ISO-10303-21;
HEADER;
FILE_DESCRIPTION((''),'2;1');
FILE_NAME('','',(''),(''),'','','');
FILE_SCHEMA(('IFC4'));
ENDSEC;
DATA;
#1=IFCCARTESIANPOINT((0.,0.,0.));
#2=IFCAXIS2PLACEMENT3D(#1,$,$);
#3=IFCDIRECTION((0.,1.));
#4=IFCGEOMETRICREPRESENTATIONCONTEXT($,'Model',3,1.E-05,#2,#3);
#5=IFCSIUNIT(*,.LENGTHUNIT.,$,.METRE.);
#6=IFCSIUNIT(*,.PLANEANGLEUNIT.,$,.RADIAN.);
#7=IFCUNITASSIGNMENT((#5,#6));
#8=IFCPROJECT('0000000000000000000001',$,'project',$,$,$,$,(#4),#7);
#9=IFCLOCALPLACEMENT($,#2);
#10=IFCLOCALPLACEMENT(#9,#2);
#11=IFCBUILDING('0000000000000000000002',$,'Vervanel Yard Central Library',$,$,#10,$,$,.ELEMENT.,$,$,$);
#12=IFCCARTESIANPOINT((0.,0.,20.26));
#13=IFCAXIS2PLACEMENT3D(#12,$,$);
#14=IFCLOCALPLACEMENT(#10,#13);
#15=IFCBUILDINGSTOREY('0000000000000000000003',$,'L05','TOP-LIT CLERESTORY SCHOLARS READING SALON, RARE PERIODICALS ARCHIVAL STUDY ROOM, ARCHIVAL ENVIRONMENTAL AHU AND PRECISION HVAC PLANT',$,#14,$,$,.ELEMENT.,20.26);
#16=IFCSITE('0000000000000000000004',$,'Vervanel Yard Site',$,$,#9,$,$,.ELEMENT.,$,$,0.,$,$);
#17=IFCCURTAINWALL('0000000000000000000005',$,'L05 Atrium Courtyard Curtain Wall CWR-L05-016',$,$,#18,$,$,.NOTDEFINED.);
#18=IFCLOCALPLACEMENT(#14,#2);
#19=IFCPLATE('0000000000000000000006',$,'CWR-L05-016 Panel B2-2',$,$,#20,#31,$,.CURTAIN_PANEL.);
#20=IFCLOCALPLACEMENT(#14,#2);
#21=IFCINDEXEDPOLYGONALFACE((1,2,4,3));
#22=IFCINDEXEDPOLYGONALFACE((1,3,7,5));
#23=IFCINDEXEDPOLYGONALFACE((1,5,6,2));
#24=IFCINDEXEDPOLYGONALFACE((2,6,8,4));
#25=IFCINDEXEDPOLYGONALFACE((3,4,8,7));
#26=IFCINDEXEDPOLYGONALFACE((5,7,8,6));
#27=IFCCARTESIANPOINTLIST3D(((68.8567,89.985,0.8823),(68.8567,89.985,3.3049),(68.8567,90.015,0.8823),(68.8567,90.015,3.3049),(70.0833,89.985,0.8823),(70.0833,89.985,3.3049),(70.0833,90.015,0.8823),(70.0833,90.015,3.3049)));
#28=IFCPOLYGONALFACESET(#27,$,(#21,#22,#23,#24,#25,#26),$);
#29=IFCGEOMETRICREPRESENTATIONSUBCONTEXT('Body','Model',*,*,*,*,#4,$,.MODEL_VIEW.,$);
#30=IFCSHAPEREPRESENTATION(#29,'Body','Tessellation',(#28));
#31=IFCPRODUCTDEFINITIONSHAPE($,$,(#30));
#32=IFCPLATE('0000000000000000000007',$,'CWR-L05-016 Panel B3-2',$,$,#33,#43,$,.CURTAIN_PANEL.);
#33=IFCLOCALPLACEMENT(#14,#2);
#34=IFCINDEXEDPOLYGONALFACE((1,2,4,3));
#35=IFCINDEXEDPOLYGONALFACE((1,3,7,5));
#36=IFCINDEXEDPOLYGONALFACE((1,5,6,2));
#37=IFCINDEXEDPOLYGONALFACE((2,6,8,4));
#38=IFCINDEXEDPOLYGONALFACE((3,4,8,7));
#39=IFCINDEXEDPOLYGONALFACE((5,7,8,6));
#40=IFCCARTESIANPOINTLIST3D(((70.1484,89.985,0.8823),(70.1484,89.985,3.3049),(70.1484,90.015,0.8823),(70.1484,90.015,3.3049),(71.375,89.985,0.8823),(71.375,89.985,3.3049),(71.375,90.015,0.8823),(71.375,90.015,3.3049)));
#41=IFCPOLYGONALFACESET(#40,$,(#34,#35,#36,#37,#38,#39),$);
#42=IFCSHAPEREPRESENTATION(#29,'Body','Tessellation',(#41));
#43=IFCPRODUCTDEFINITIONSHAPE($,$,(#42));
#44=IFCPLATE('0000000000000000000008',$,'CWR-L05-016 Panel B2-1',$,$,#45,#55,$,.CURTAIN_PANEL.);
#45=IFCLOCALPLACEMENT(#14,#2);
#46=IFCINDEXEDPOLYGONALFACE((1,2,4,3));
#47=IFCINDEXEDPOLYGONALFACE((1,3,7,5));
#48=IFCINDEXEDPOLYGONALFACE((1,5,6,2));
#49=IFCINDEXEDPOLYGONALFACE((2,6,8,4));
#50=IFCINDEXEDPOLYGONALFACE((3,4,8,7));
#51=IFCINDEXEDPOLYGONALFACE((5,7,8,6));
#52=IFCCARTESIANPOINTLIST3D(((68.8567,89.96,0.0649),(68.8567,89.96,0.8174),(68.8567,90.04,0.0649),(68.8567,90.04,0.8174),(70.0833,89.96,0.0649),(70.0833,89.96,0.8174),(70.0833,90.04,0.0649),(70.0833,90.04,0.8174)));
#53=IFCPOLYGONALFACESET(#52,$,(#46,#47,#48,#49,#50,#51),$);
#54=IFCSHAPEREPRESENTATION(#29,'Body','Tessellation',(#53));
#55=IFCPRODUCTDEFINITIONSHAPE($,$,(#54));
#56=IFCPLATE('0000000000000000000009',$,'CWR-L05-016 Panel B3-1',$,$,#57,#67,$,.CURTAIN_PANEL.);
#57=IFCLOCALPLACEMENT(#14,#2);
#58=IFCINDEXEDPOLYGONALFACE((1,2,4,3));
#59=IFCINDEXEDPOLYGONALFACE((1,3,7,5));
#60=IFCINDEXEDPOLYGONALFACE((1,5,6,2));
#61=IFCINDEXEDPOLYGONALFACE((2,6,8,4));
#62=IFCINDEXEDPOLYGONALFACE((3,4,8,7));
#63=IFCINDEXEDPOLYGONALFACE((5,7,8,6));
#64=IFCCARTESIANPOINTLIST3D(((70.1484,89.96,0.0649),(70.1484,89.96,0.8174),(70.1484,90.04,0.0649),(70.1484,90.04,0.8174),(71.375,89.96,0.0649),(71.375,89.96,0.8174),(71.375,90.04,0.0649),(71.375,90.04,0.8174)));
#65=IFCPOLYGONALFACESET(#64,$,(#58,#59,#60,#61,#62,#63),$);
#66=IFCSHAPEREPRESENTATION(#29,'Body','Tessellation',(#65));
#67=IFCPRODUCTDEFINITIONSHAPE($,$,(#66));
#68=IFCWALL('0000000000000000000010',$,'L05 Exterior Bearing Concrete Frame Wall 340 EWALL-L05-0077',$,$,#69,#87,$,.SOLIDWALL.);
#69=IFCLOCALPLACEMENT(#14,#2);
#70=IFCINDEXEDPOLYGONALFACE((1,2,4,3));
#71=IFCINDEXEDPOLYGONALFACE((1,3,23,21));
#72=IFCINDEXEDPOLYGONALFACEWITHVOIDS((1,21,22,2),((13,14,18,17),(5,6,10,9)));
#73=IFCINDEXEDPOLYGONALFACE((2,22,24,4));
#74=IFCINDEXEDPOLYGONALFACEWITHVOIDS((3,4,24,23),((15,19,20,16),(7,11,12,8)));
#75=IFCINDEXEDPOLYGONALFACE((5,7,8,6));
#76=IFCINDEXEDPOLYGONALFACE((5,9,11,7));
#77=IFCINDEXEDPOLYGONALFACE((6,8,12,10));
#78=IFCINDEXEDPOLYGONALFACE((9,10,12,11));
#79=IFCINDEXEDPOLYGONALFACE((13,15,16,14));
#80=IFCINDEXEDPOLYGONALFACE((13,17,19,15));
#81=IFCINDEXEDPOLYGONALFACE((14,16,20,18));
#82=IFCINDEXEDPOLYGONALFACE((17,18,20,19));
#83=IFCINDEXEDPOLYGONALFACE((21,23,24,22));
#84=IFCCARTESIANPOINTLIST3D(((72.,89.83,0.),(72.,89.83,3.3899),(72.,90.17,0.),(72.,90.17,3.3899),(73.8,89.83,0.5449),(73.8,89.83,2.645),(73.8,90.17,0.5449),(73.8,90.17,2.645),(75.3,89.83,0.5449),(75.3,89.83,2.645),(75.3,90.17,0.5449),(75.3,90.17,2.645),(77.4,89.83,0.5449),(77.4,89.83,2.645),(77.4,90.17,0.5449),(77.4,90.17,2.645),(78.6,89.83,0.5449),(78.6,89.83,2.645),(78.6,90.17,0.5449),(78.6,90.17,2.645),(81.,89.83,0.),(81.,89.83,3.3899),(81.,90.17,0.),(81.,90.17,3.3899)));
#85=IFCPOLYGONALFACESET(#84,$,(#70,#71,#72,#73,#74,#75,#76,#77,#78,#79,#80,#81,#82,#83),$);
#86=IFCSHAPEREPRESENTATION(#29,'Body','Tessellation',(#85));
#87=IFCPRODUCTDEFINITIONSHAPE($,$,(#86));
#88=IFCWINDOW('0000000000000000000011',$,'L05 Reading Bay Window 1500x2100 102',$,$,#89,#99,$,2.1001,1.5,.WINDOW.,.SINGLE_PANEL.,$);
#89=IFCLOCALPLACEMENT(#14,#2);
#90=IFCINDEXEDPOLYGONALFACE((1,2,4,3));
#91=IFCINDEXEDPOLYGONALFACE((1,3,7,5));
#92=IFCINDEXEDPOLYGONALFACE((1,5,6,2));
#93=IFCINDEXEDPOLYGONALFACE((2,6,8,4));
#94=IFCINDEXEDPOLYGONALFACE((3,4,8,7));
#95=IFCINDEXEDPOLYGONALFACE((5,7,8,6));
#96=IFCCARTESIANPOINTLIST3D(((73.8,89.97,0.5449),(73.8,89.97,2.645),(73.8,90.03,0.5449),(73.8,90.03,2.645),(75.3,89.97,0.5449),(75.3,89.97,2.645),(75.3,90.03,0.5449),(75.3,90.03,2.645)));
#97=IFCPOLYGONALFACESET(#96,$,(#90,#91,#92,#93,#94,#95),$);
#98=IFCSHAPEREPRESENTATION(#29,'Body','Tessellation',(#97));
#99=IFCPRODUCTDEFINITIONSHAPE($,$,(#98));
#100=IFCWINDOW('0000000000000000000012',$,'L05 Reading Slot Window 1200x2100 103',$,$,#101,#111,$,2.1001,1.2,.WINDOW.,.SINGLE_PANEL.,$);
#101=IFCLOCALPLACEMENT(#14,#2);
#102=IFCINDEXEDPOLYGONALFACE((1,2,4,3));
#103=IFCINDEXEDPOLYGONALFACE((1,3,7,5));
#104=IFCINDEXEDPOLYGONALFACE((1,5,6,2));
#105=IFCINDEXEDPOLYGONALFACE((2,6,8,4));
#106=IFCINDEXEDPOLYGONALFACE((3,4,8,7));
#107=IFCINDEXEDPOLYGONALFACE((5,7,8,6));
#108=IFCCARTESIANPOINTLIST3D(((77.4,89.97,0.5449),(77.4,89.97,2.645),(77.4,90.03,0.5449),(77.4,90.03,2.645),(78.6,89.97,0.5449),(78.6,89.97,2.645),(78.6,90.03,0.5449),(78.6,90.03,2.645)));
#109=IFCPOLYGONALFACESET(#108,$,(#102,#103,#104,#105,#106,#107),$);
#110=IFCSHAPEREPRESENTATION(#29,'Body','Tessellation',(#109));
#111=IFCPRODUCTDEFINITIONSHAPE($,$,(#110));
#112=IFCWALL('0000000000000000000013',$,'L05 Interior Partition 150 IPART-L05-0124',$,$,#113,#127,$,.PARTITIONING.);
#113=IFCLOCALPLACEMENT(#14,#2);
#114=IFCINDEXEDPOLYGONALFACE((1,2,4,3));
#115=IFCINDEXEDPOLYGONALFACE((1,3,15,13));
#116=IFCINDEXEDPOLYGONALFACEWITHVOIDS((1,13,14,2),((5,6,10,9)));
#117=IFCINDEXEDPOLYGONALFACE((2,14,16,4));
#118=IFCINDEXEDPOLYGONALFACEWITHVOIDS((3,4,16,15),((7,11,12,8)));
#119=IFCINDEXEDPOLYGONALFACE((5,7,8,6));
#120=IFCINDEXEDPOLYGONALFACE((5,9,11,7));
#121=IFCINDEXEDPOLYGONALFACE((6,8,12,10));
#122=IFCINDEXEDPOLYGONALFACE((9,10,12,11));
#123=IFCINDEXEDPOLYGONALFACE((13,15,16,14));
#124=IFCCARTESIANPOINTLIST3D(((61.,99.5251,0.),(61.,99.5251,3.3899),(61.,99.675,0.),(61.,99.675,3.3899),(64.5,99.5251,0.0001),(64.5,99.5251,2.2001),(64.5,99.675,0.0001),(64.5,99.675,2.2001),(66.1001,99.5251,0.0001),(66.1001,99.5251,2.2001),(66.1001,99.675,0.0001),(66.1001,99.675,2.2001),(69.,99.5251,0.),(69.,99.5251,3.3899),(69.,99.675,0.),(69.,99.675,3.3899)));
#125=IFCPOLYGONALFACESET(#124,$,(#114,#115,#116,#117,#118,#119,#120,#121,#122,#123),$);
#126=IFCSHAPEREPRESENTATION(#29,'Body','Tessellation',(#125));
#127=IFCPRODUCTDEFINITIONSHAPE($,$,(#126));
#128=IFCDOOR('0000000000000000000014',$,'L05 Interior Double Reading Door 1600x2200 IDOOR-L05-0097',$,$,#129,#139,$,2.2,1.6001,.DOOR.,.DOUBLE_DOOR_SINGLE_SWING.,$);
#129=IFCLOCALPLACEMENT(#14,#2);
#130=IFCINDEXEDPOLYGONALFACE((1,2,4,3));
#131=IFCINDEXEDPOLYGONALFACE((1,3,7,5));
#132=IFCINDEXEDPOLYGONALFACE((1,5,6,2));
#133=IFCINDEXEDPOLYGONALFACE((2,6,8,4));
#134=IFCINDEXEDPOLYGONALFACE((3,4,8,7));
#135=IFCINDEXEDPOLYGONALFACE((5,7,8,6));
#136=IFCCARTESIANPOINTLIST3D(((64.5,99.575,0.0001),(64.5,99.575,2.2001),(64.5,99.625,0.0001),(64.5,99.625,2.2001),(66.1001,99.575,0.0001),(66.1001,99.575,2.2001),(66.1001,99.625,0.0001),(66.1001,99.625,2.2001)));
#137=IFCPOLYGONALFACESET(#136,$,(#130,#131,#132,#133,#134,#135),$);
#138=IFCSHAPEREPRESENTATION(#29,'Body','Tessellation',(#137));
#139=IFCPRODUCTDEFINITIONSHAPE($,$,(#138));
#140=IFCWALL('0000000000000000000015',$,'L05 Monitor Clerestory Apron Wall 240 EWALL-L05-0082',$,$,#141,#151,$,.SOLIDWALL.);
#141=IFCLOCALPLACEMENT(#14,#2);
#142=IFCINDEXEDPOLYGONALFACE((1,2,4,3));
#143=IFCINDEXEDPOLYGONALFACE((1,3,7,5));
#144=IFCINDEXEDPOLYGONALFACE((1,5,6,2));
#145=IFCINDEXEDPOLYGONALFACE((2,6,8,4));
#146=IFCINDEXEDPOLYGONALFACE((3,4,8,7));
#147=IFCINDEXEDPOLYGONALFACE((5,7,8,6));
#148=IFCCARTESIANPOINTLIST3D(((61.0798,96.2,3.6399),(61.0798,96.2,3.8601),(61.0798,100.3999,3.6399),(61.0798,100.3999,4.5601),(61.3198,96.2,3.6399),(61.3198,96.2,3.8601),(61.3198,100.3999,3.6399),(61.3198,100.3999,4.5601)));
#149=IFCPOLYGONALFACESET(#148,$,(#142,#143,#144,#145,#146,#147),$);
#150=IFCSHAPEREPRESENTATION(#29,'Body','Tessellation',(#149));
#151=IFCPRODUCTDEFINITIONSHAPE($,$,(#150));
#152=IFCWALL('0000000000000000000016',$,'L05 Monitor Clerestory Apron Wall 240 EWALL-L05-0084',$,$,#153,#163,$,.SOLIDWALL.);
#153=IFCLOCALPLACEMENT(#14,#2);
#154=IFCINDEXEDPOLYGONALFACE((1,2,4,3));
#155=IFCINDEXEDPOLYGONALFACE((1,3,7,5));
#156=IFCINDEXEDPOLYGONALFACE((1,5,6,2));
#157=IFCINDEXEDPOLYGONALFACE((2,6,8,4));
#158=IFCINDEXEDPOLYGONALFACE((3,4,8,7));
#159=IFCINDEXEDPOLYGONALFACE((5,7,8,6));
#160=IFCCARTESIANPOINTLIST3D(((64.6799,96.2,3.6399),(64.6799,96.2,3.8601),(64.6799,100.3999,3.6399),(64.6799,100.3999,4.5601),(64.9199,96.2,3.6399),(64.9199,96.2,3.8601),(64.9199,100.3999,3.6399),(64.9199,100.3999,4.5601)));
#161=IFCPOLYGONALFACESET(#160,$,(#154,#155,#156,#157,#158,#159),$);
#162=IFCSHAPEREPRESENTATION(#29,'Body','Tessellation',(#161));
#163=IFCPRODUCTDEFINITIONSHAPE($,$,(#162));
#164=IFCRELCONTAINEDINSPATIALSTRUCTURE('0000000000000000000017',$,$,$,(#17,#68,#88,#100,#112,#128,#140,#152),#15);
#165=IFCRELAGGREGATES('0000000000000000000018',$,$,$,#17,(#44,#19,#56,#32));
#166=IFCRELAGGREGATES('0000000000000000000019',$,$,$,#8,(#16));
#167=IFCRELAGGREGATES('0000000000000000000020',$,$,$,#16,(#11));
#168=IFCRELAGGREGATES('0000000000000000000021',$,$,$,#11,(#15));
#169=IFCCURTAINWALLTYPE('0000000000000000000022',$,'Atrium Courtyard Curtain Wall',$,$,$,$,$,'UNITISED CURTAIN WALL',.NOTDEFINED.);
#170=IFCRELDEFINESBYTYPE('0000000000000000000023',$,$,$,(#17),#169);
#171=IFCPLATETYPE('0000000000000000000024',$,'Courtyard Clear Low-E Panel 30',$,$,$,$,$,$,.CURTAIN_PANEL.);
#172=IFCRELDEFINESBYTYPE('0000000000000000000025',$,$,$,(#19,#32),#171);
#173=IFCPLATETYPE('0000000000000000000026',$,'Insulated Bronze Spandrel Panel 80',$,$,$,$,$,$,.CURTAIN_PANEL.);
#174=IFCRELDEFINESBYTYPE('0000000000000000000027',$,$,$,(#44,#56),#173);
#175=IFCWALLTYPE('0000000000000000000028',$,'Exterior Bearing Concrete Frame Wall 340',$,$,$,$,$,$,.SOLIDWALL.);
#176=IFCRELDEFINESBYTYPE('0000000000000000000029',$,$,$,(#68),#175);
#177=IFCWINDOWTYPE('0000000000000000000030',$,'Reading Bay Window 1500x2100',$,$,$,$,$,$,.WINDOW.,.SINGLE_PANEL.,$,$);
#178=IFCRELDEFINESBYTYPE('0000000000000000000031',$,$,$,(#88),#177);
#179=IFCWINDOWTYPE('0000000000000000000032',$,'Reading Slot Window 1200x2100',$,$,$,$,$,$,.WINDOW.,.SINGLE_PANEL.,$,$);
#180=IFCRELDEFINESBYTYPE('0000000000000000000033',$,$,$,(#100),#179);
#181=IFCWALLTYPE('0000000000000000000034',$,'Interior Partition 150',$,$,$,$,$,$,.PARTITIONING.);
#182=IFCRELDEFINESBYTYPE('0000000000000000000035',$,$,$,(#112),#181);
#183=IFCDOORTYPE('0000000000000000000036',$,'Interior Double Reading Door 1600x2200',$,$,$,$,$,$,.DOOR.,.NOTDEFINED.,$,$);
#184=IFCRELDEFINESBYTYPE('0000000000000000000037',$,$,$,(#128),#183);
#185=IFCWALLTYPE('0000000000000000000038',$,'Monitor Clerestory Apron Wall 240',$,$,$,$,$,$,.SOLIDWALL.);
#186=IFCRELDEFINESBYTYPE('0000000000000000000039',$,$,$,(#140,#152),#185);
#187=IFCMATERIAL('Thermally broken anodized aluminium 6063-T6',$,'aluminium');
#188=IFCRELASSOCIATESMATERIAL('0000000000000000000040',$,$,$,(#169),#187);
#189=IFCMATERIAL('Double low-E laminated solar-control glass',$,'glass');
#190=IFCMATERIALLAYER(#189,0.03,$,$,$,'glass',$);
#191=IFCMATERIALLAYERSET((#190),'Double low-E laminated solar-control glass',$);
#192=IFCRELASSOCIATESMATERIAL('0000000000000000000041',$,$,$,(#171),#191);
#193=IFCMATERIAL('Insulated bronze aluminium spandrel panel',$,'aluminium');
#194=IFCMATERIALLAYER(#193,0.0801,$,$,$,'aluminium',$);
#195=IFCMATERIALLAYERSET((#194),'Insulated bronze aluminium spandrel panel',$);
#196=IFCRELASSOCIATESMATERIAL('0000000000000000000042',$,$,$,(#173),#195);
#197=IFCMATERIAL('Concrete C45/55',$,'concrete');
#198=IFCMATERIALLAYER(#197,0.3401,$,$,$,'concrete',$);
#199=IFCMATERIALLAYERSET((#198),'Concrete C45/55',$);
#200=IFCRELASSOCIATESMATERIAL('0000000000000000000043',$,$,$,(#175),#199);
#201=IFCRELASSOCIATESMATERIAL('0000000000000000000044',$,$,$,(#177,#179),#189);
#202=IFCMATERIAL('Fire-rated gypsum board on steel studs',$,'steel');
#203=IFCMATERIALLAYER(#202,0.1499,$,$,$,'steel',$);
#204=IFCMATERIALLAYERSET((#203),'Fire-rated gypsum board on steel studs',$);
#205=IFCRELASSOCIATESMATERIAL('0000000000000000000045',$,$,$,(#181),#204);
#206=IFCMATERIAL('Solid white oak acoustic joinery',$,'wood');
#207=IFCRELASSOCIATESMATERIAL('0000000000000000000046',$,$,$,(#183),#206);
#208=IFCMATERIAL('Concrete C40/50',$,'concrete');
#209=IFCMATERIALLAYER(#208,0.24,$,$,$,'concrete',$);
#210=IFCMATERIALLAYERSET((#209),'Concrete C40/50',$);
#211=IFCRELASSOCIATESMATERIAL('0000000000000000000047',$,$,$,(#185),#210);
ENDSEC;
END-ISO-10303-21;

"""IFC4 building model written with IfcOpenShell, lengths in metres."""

from ifc_helpers import new_model, si_unit, direction, frame, frame_2d, origin, origin_2d, place, context, subcontext, project, spatial, polyline, rectangle, outline, extrude, material, layer, layer_set, type_object, element, fill, aggregate, save


model = new_model("IFC4")

# Units and contexts
model_context = context("Model", 3, precision=1e-05, world=origin(), true_north=direction((0.0, 1.0)))
body_context = subcontext(model_context, "Body", "Model", "MODEL_VIEW")
ifc_project = project(units=[si_unit("LENGTHUNIT", "METRE"), si_unit("PLANEANGLEUNIT", "RADIAN")], contexts=[model_context])

# Site, building, storey
site_placement = place(None, origin())
site = spatial("IfcSite", under=ifc_project, at=site_placement, Name="Vervanel Yard Site", CompositionType="ELEMENT", RefElevation=0.0)
building_placement = place(site_placement, origin())
building = spatial("IfcBuilding", under=site, at=building_placement, Name="Vervanel Yard Central Library", CompositionType="ELEMENT")
storey_placement = place(building_placement, frame((0.0, 0.0, 20.26)))
storey = spatial("IfcBuildingStorey", under=building, at=storey_placement, Name="L05", Description="TOP-LIT CLERESTORY SCHOLARS READING SALON, RARE PERIODICALS ARCHIVAL STUDY ROOM, ARCHIVAL ENVIRONMENTAL AHU AND PRECISION HVAC PLANT", CompositionType="ELEMENT", Elevation=20.26)

# Shared definitions
ifc_material_1 = material(Name="Concrete C40/50", Category="concrete")

# Shared definitions
ifc_material_2 = material(Name="Concrete C45/55", Category="concrete")

# Curtain wall, plates
ifc_material_3 = material(Name="Thermally broken anodized aluminium 6063-T6", Category="aluminium")
curtain_wall_type = type_object("IfcCurtainWallType", Name="Atrium Courtyard Curtain Wall", ElementType="UNITISED CURTAIN WALL", PredefinedType="NOTDEFINED", material=ifc_material_3)
curtain_wall_placement = place(storey_placement, origin())
curtain_wall = element("IfcCurtainWall", 1, at=curtain_wall_placement, inside=storey, type_object=curtain_wall_type, Name="L05 Atrium Courtyard Curtain Wall CWR-L05-016", PredefinedType="NOTDEFINED")
ifc_material_4 = material(Name="Double low-E laminated solar-control glass", Category="glass")
ifc_layer_1 = layer(ifc_material_4, 0.03, Category="glass")
ifc_layer_set_1 = layer_set([ifc_layer_1], Name="Double low-E laminated solar-control glass")
plate_type_1 = type_object("IfcPlateType", Name="Courtyard Clear Low-E Panel 30", PredefinedType="CURTAIN_PANEL", material=ifc_layer_set_1)
plate_1_placement = place(storey_placement, frame((69.47, 90.0, 0.8823), z_axis=(0.0, 0.0, 1.0), x_axis=(1.0, 0.0, 0.0)))
plate_1 = element("IfcPlate", 2, at=plate_1_placement, type_object=plate_type_1, Name="CWR-L05-016 Panel B2-2", PredefinedType="CURTAIN_PANEL", context=body_context, shape_type="SweptSolid", body=[
    extrude(rectangle(XDim=1.2266, YDim=0.03, at=origin_2d()), origin(), (0.0, 0.0, 1.0), 2.4226),
])
plate_2_placement = place(storey_placement, frame((70.7617, 90.0, 0.8823), z_axis=(0.0, 0.0, 1.0), x_axis=(1.0, 0.0, 0.0)))
plate_2 = element("IfcPlate", 3, at=plate_2_placement, type_object=plate_type_1, Name="CWR-L05-016 Panel B3-2", PredefinedType="CURTAIN_PANEL", context=body_context, shape_type="SweptSolid", body=[
    extrude(rectangle(XDim=1.2266, YDim=0.03, at=origin_2d()), origin(), (0.0, 0.0, 1.0), 2.4226),
])
ifc_material_5 = material(Name="Insulated bronze aluminium spandrel panel", Category="aluminium")
ifc_layer_2 = layer(ifc_material_5, 0.0801, Category="aluminium")
ifc_layer_set_2 = layer_set([ifc_layer_2], Name="Insulated bronze aluminium spandrel panel")
plate_type_2 = type_object("IfcPlateType", Name="Insulated Bronze Spandrel Panel 80", PredefinedType="CURTAIN_PANEL", material=ifc_layer_set_2)
plate_3_placement = place(storey_placement, frame((69.47, 90.0, 0.0649), z_axis=(0.0, 0.0, 1.0), x_axis=(1.0, 0.0, 0.0)))
plate_3 = element("IfcPlate", 4, at=plate_3_placement, type_object=plate_type_2, Name="CWR-L05-016 Panel B2-1", PredefinedType="CURTAIN_PANEL", context=body_context, shape_type="SweptSolid", body=[
    extrude(rectangle(XDim=1.2266, YDim=0.0801, at=origin_2d()), origin(), (0.0, 0.0, 1.0), 0.7524),
])
plate_4_placement = place(storey_placement, frame((70.7617, 90.0, 0.0649), z_axis=(0.0, 0.0, 1.0), x_axis=(1.0, 0.0, 0.0)))
plate_4 = element("IfcPlate", 5, at=plate_4_placement, type_object=plate_type_2, Name="CWR-L05-016 Panel B3-1", PredefinedType="CURTAIN_PANEL", context=body_context, shape_type="SweptSolid", body=[
    extrude(rectangle(XDim=1.2266, YDim=0.0801, at=origin_2d()), origin(), (0.0, 0.0, 1.0), 0.7524),
])
aggregate(curtain_wall, [plate_3, plate_1, plate_4, plate_2])

# Wall, openings, windows
ifc_layer_3 = layer(ifc_material_2, 0.3401, Category="concrete")
ifc_layer_set_3 = layer_set([ifc_layer_3], Name="Concrete C45/55")
wall_type_1 = type_object("IfcWallType", Name="Exterior Bearing Concrete Frame Wall 340", PredefinedType="SOLIDWALL", material=ifc_layer_set_3)
wall_1_placement = place(storey_placement, frame((72.0, 90.0, 0.0), z_axis=(0.0, 0.0, 1.0), x_axis=(1.0, 0.0, 0.0)))
wall_1 = element("IfcWall", 6, at=wall_1_placement, inside=storey, type_object=wall_type_1, Name="L05 Exterior Bearing Concrete Frame Wall 340 EWALL-L05-0077", PredefinedType="SOLIDWALL", context=body_context, shape_type="SweptSolid", body=[
    extrude(rectangle(XDim=9.0, YDim=0.3401, at=frame_2d((4.5, 0.0))), origin(), (0.0, 0.0, 1.0), 3.3899),
])
opening_1_placement = place(wall_1_placement, frame((1.8, 0.0, 0.5449)))
opening_1 = element("IfcOpeningElement", 7, at=opening_1_placement, cuts=wall_1, PredefinedType="OPENING", context=body_context, shape_type="SweptSolid", body=[
    extrude(rectangle(XDim=1.5, YDim=2.1001, at=frame_2d((0.75, 1.05))), frame((0.0, 0.1799, 0.0), z_axis=(0.0, -1.0, 0.0), x_axis=(1.0, 0.0, 0.0)), (0.0, 0.0, 1.0), 0.3601),
])
opening_2_placement = place(wall_1_placement, frame((5.3999, 0.0, 0.5449)))
opening_2 = element("IfcOpeningElement", 8, at=opening_2_placement, cuts=wall_1, PredefinedType="OPENING", context=body_context, shape_type="SweptSolid", body=[
    extrude(rectangle(XDim=1.2, YDim=2.1001, at=frame_2d((0.6001, 1.05))), frame((0.0, 0.1799, 0.0), z_axis=(0.0, -1.0, 0.0), x_axis=(1.0, 0.0, 0.0)), (0.0, 0.0, 1.0), 0.3601),
])
window_type_1 = type_object("IfcWindowType", Name="Reading Bay Window 1500x2100", PartitioningType="SINGLE_PANEL", PredefinedType="WINDOW", material=ifc_material_4)
window_1_placement = place(opening_1_placement, origin())
window_1 = element("IfcWindow", 9, at=window_1_placement, inside=storey, type_object=window_type_1, Name="L05 Reading Bay Window 1500x2100 102", OverallHeight=2.1001, OverallWidth=1.5, PartitioningType="SINGLE_PANEL", PredefinedType="WINDOW", context=body_context, shape_type="SweptSolid", body=[
    extrude(rectangle(XDim=1.5, YDim=2.1001, at=frame_2d((0.75, 1.05))), frame((0.0, 0.03, 0.0), z_axis=(0.0, -1.0, 0.0), x_axis=(1.0, 0.0, 0.0)), (0.0, 0.0, 1.0), 0.0601),
])
fill(opening_1, window_1)
window_type_2 = type_object("IfcWindowType", Name="Reading Slot Window 1200x2100", PartitioningType="SINGLE_PANEL", PredefinedType="WINDOW", material=ifc_material_4)
window_2_placement = place(opening_2_placement, origin())
window_2 = element("IfcWindow", 10, at=window_2_placement, inside=storey, type_object=window_type_2, Name="L05 Reading Slot Window 1200x2100 103", OverallHeight=2.1001, OverallWidth=1.2, PartitioningType="SINGLE_PANEL", PredefinedType="WINDOW", context=body_context, shape_type="SweptSolid", body=[
    extrude(rectangle(XDim=1.2, YDim=2.1001, at=frame_2d((0.6001, 1.05))), frame((0.0, 0.03, 0.0), z_axis=(0.0, -1.0, 0.0), x_axis=(1.0, 0.0, 0.0)), (0.0, 0.0, 1.0), 0.0601),
])
fill(opening_2, window_2)

# Wall, opening, door
ifc_material_6 = material(Name="Fire-rated gypsum board on steel studs", Category="steel")
ifc_layer_4 = layer(ifc_material_6, 0.1499, Category="steel")
ifc_layer_set_4 = layer_set([ifc_layer_4], Name="Fire-rated gypsum board on steel studs")
wall_type_2 = type_object("IfcWallType", Name="Interior Partition 150", PredefinedType="PARTITIONING", material=ifc_layer_set_4)
wall_2_placement = place(storey_placement, frame((61.0, 99.6001, 0.0), z_axis=(0.0, 0.0, 1.0), x_axis=(1.0, 0.0, 0.0)))
wall_2 = element("IfcWall", 11, at=wall_2_placement, inside=storey, type_object=wall_type_2, Name="L05 Interior Partition 150 IPART-L05-0124", PredefinedType="PARTITIONING", context=body_context, shape_type="SweptSolid", body=[
    extrude(rectangle(XDim=8.0, YDim=0.1499, at=frame_2d((4.0, 0.0))), origin(), (0.0, 0.0, 1.0), 3.3899),
])
opening_3_placement = place(wall_2_placement, frame((3.5, 0.0, 0.0)))
opening_3 = element("IfcOpeningElement", 12, at=opening_3_placement, cuts=wall_2, PredefinedType="OPENING", context=body_context, shape_type="SweptSolid", body=[
    extrude(rectangle(XDim=1.6001, YDim=2.2, at=frame_2d((0.8, 1.1001))), frame((0.0, 0.085, 0.0), z_axis=(0.0, -1.0, 0.0), x_axis=(1.0, 0.0, 0.0)), (0.0, 0.0, 1.0), 0.1699),
])
ifc_material_7 = material(Name="Solid white oak acoustic joinery", Category="wood")
door_type = type_object("IfcDoorType", Name="Interior Double Reading Door 1600x2200", OperationType="NOTDEFINED", PredefinedType="DOOR", material=ifc_material_7)
door_placement = place(opening_3_placement, origin())
door = element("IfcDoor", 13, at=door_placement, inside=storey, type_object=door_type, Name="L05 Interior Double Reading Door 1600x2200 IDOOR-L05-0097", OperationType="DOUBLE_DOOR_SINGLE_SWING", OverallHeight=2.2, OverallWidth=1.6001, PredefinedType="DOOR", context=body_context, shape_type="SweptSolid", body=[
    extrude(rectangle(XDim=1.6001, YDim=2.2, at=frame_2d((0.8, 1.1001))), frame((0.0, 0.0249, 0.0), z_axis=(0.0, -1.0, 0.0), x_axis=(1.0, 0.0, 0.0)), (0.0, 0.0, 1.0), 0.05),
])
fill(opening_3, door)

# Walls
ifc_layer_5 = layer(ifc_material_1, 0.24, Category="concrete")
ifc_layer_set_5 = layer_set([ifc_layer_5], Name="Concrete C40/50")
wall_type_3 = type_object("IfcWallType", Name="Monitor Clerestory Apron Wall 240", PredefinedType="SOLIDWALL", material=ifc_layer_set_5)
for number, where, z_axis, x_axis, name in (
    (14, (61.2, 96.2, 3.6399), (0.0, 0.0, 1.0), (0.0, 1.0, 0.0), "L05 Monitor Clerestory Apron Wall 240 EWALL-L05-0082"),
    (15, (64.8, 96.2, 3.6399), (0.0, 0.0, 1.0), (0.0, 1.0, 0.0), "L05 Monitor Clerestory Apron Wall 240 EWALL-L05-0084"),
):
    element("IfcWall", number, at=place(storey_placement, frame(where, z_axis=z_axis, x_axis=x_axis)), inside=storey, type_object=wall_type_3, Name=name, PredefinedType="SOLIDWALL", context=body_context, shape_type="SweptSolid", body=[
        extrude(outline(polyline([(0.0, 0.0), (4.2, 0.0), (4.2, 0.9202), (0.0, 0.2202), (0.0, 0.0)])), frame((0.0, 0.1201, 0.0), z_axis=(0.0, -1.0, 0.0), x_axis=(1.0, 0.0, 0.0)), (0.0, 0.0, 1.0), 0.24),
    ])

save(model, "model.ifc")
